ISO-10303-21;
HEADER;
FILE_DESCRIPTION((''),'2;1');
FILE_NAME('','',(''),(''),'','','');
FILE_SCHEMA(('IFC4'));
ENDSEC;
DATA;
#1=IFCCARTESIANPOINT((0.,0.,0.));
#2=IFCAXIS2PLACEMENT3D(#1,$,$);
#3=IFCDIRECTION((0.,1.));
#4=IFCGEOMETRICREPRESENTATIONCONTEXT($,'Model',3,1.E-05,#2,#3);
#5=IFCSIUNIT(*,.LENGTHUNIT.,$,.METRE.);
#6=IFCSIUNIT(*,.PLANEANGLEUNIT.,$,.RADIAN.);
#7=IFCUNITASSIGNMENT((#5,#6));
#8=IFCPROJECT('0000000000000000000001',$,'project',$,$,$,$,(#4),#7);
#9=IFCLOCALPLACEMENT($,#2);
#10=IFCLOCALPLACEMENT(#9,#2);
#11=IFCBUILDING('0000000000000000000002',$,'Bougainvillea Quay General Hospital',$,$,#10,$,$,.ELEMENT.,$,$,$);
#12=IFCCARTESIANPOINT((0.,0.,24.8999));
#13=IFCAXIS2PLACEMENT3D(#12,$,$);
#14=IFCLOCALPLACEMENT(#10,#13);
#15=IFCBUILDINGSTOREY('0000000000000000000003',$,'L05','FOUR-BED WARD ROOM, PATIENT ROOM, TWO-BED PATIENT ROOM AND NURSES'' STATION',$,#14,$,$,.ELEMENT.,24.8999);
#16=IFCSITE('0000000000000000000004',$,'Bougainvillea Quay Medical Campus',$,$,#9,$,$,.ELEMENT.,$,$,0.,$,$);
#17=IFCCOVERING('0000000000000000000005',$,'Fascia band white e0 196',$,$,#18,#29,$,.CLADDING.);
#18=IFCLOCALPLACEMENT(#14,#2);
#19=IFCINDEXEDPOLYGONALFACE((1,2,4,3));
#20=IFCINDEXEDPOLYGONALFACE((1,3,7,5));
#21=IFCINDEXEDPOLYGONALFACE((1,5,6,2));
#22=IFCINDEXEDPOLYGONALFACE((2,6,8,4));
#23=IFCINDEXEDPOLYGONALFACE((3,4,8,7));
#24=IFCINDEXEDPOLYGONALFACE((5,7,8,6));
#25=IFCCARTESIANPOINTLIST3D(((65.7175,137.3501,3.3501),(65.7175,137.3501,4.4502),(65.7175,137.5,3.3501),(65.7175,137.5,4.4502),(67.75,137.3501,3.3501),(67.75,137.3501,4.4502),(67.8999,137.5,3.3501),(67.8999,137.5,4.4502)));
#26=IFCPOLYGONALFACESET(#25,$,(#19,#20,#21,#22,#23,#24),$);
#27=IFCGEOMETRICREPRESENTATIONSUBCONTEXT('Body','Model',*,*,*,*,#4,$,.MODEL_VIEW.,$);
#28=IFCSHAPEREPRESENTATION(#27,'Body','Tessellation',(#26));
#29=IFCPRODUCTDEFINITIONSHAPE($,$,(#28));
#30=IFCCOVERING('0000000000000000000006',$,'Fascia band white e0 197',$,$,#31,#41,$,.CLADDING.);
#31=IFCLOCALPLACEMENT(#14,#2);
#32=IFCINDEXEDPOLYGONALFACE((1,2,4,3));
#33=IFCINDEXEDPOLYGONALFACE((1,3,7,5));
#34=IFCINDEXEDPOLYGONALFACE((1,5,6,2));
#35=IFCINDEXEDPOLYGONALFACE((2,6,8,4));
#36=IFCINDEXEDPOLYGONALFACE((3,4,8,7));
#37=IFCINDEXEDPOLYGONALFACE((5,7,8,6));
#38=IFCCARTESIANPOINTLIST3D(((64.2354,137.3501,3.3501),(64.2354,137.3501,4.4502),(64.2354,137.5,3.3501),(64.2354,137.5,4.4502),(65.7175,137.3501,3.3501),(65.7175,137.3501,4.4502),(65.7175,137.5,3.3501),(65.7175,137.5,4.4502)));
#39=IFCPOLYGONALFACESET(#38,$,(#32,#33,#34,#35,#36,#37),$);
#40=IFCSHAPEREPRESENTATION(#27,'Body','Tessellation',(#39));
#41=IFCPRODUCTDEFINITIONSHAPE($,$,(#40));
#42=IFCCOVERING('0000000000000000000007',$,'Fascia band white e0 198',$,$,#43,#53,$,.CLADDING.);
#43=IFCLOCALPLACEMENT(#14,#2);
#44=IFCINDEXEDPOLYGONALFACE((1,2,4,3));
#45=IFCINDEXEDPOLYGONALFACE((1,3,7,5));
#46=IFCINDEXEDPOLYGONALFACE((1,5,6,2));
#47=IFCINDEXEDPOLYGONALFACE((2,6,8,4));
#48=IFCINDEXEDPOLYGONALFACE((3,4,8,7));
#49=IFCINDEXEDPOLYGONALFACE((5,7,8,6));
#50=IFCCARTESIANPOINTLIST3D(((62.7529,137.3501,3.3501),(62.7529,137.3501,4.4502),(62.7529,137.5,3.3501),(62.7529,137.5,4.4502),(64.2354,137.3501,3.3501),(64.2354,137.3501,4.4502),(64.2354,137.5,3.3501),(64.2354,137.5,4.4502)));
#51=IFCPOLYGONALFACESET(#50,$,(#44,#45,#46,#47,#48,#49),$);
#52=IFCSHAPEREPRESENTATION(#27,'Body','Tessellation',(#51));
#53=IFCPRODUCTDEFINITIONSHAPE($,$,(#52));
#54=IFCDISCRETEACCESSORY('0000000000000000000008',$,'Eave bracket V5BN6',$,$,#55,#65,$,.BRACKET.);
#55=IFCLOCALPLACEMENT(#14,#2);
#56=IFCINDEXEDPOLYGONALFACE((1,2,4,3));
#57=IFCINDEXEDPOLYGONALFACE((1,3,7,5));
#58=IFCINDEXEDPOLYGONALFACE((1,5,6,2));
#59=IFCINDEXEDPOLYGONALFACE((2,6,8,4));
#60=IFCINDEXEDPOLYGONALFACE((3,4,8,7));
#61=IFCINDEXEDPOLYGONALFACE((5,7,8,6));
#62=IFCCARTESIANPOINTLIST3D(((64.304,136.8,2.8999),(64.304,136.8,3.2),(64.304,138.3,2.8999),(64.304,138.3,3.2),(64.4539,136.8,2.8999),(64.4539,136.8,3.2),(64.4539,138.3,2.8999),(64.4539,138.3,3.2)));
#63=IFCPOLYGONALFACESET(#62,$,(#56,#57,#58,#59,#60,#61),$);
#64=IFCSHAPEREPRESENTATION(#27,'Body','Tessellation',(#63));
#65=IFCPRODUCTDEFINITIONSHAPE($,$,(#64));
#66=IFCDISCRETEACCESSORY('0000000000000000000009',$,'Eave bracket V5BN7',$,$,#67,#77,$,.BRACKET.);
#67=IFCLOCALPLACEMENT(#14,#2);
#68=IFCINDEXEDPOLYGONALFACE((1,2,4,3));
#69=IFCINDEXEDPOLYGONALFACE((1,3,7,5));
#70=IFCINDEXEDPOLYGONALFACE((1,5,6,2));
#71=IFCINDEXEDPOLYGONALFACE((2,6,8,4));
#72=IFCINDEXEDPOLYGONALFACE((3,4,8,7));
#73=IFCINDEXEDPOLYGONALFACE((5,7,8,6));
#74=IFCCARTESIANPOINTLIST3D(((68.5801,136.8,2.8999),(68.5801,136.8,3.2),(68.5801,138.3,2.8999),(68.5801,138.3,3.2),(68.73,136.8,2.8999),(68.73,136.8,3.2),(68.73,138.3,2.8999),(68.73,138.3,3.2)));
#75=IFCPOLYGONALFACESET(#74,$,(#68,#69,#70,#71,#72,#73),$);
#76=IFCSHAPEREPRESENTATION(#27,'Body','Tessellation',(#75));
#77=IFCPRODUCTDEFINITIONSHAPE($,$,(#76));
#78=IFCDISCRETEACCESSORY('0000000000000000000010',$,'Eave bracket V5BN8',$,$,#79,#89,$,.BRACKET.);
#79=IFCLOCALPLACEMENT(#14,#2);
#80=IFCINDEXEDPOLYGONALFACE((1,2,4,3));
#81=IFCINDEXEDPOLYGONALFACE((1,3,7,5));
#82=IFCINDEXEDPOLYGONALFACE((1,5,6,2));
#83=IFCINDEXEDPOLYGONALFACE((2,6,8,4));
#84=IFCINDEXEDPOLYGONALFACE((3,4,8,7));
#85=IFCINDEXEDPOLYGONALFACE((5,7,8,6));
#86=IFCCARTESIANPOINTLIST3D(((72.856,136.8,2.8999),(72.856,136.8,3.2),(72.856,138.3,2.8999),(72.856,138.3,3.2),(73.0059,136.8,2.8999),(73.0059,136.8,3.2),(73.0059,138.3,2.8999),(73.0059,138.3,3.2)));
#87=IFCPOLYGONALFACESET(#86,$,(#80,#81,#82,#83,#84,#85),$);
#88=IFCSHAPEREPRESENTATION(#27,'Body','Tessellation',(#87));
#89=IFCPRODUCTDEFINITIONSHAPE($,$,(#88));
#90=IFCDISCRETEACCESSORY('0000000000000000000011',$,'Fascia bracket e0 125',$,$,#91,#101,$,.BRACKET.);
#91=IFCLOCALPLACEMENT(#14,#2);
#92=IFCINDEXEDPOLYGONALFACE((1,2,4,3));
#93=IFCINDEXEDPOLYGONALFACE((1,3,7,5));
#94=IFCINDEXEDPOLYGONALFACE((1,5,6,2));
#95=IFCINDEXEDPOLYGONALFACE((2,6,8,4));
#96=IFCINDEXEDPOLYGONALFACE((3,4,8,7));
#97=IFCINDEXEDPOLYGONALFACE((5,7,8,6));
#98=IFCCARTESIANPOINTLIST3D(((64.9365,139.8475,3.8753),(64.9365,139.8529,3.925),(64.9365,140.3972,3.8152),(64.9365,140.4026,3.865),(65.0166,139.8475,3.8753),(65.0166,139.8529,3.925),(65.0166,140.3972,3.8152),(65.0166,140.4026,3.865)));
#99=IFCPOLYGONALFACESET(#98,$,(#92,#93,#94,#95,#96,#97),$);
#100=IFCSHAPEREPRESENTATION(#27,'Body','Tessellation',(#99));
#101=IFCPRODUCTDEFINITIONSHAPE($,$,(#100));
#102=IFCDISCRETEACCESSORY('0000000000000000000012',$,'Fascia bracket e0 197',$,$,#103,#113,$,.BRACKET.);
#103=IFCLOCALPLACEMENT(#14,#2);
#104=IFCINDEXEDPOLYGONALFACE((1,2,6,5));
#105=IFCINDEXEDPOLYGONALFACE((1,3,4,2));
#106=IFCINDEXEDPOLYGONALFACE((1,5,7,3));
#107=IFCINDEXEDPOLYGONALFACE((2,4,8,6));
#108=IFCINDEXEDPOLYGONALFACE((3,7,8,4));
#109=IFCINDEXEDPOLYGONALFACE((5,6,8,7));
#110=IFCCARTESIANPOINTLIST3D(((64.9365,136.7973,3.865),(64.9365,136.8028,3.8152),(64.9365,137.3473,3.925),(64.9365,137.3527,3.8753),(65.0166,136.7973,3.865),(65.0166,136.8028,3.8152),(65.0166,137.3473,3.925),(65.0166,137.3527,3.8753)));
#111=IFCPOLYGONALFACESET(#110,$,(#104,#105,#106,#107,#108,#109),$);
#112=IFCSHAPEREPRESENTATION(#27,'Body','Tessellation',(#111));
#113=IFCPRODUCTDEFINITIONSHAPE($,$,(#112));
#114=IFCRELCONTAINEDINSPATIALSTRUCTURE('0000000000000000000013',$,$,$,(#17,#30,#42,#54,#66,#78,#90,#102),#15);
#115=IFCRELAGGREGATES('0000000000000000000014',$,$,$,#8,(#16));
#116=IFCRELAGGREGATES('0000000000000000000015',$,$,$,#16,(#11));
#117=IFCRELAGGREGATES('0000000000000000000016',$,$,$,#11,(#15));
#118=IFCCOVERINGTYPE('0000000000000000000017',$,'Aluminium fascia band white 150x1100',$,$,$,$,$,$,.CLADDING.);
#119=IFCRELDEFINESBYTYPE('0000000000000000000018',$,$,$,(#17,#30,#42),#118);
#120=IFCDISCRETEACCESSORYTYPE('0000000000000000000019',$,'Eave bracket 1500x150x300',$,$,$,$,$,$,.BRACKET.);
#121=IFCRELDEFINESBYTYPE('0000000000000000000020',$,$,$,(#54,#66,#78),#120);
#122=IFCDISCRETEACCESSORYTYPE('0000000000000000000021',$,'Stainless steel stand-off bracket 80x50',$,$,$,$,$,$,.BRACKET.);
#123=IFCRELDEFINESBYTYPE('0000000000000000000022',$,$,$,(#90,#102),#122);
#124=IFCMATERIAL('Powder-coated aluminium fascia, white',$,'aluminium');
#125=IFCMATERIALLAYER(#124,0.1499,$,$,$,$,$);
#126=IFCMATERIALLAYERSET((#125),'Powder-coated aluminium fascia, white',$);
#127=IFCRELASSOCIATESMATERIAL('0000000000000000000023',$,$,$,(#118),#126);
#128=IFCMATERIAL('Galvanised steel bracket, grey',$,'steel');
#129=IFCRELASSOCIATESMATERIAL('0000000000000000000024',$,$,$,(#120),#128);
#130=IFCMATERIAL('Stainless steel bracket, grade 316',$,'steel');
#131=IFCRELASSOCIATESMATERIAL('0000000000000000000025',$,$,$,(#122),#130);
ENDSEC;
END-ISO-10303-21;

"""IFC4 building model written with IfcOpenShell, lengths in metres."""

from ifc_helpers import new_model, si_unit, direction, frame, origin, origin_2d, place, context, subcontext, project, spatial, polyline, rectangle, outline, extrude, material, layer, layer_set, material_profile, profile_set, type_object, element, save


model = new_model("IFC4")

# Units and contexts
model_context = context("Model", 3, precision=1e-05, world=origin(), true_north=direction((0.0, 1.0)))
body_context = subcontext(model_context, "Body", "Model", "MODEL_VIEW")
ifc_project = project(units=[si_unit("LENGTHUNIT", "METRE"), si_unit("PLANEANGLEUNIT", "RADIAN")], contexts=[model_context])

# Site, building, storey
site_placement = place(None, origin())
site = spatial("IfcSite", under=ifc_project, at=site_placement, Name="Bougainvillea Quay Medical Campus", CompositionType="ELEMENT", RefElevation=0.0)
building_placement = place(site_placement, origin())
building = spatial("IfcBuilding", under=site, at=building_placement, Name="Bougainvillea Quay General Hospital", CompositionType="ELEMENT")
storey_placement = place(building_placement, frame((0.0, 0.0, 24.8999)))
storey = spatial("IfcBuildingStorey", under=building, at=storey_placement, Name="L05", Description="FOUR-BED WARD ROOM, PATIENT ROOM, TWO-BED PATIENT ROOM AND NURSES' STATION", CompositionType="ELEMENT", Elevation=24.8999)

# Coverings
ifc_material_1 = material(Name="Powder-coated aluminium fascia, white", Category="aluminium")
ifc_layer_1 = layer(ifc_material_1, 0.1499)
ifc_layer_set_1 = layer_set([ifc_layer_1], Name="Powder-coated aluminium fascia, white")
covering_type = type_object("IfcCoveringType", Name="Aluminium fascia band white 150x1100", PredefinedType="CLADDING", material=ifc_layer_set_1)
covering_1_placement = place(storey_placement, frame((67.75, 137.3501, 3.3501), z_axis=(0.0, 0.0, 1.0), x_axis=(-1.0, 0.0, 0.0)))
element("IfcCovering", 1, at=covering_1_placement, inside=storey, type_object=covering_type, Name="Fascia band white e0 196", PredefinedType="CLADDING", context=body_context, shape_type="SweptSolid", body=[
    extrude(outline(polyline([(0.0, 0.0), (2.0325, 0.0), (2.0325, -0.1499), (-0.1499, -0.1499), (0.0, 0.0)])), origin(), (0.0, 0.0, 1.0), 1.1001),
])
covering_2_placement = place(storey_placement, frame((65.7175, 137.3501, 3.3501), z_axis=(0.0, 0.0, 1.0), x_axis=(-1.0, 0.0, 0.0)))
element("IfcCovering", 2, at=covering_2_placement, inside=storey, type_object=covering_type, Name="Fascia band white e0 197", PredefinedType="CLADDING", context=body_context, shape_type="SweptSolid", body=[
    extrude(outline(polyline([(0.0, 0.0), (1.4822, 0.0), (1.4822, -0.1499), (0.0, -0.1499), (0.0, 0.0)])), origin(), (0.0, 0.0, 1.0), 1.1001),
])
covering_3_placement = place(storey_placement, frame((64.2354, 137.3501, 3.3501), z_axis=(0.0, 0.0, 1.0), x_axis=(-1.0, 0.0, 0.0)))
element("IfcCovering", 3, at=covering_3_placement, inside=storey, type_object=covering_type, Name="Fascia band white e0 198", PredefinedType="CLADDING", context=body_context, shape_type="SweptSolid", body=[
    extrude(outline(polyline([(0.0, 0.0), (1.4824, 0.0), (1.4824, -0.1499), (0.0, -0.1499), (0.0, 0.0)])), origin(), (0.0, 0.0, 1.0), 1.1001),
])

# Discrete accessories
ifc_material_2 = material(Name="Galvanised steel bracket, grey", Category="steel")
discrete_accessory_type_1 = type_object("IfcDiscreteAccessoryType", Name="Eave bracket 1500x150x300", PredefinedType="BRACKET", material=ifc_material_2)
for number, where, z_axis, x_axis, name in (
    (4, (64.3789, 137.55, 2.8999), (0.0, 0.0, 1.0), (1.0, 0.0, 0.0), "Eave bracket V5BN6"),
    (5, (68.655, 137.55, 2.8999), (0.0, 0.0, 1.0), (1.0, 0.0, 0.0), "Eave bracket V5BN7"),
    (6, (72.9309, 137.55, 2.8999), (0.0, 0.0, 1.0), (1.0, 0.0, 0.0), "Eave bracket V5BN8"),
):
    element("IfcDiscreteAccessory", number, at=place(storey_placement, frame(where, z_axis=z_axis, x_axis=x_axis)), inside=storey, type_object=discrete_accessory_type_1, Name=name, PredefinedType="BRACKET", context=body_context, shape_type="SweptSolid", body=[
        extrude(rectangle(XDim=0.1499, YDim=1.5, at=origin_2d()), origin(), (0.0, 0.0, 1.0), 0.3),
    ])
ifc_material_3 = material(Name="Stainless steel bracket, grade 316", Category="steel")
ifc_material_profile_1 = material_profile(ifc_material_3, rectangle(XDim=0.0801, YDim=0.05, at=origin_2d()))
ifc_profile_set_1 = profile_set([ifc_material_profile_1], Name="Stainless steel bracket, grade 316")
discrete_accessory_type_2 = type_object("IfcDiscreteAccessoryType", Name="Stainless steel stand-off bracket 80x50", PredefinedType="BRACKET", material=ifc_profile_set_1)
discrete_accessory_1_placement = place(storey_placement, frame((64.9766, 140.3999, 3.8401), z_axis=(0.0, -0.994087, 0.10859), x_axis=(1.0, 0.0, 0.0)))
element("IfcDiscreteAccessory", 7, at=discrete_accessory_1_placement, inside=storey, type_object=discrete_accessory_type_2, Name="Fascia bracket e0 125", PredefinedType="BRACKET", context=body_context, shape_type="SweptSolid", body=[
    extrude(rectangle(XDim=0.0801, YDim=0.05, at=origin_2d()), origin(), (0.0, 0.0, 1.0), 0.553),
])
discrete_accessory_2_placement = place(storey_placement, frame((64.9766, 136.8, 3.8401), z_axis=(0.0, 0.994092, 0.108543), x_axis=(-1.0, 0.0, 0.0)))
element("IfcDiscreteAccessory", 8, at=discrete_accessory_2_placement, inside=storey, type_object=discrete_accessory_type_2, Name="Fascia bracket e0 197", PredefinedType="BRACKET", context=body_context, shape_type="SweptSolid", body=[
    extrude(rectangle(XDim=0.0801, YDim=0.05, at=origin_2d()), origin(), (0.0, 0.0, 1.0), 0.5532),
])

save(model, "model.ifc")
